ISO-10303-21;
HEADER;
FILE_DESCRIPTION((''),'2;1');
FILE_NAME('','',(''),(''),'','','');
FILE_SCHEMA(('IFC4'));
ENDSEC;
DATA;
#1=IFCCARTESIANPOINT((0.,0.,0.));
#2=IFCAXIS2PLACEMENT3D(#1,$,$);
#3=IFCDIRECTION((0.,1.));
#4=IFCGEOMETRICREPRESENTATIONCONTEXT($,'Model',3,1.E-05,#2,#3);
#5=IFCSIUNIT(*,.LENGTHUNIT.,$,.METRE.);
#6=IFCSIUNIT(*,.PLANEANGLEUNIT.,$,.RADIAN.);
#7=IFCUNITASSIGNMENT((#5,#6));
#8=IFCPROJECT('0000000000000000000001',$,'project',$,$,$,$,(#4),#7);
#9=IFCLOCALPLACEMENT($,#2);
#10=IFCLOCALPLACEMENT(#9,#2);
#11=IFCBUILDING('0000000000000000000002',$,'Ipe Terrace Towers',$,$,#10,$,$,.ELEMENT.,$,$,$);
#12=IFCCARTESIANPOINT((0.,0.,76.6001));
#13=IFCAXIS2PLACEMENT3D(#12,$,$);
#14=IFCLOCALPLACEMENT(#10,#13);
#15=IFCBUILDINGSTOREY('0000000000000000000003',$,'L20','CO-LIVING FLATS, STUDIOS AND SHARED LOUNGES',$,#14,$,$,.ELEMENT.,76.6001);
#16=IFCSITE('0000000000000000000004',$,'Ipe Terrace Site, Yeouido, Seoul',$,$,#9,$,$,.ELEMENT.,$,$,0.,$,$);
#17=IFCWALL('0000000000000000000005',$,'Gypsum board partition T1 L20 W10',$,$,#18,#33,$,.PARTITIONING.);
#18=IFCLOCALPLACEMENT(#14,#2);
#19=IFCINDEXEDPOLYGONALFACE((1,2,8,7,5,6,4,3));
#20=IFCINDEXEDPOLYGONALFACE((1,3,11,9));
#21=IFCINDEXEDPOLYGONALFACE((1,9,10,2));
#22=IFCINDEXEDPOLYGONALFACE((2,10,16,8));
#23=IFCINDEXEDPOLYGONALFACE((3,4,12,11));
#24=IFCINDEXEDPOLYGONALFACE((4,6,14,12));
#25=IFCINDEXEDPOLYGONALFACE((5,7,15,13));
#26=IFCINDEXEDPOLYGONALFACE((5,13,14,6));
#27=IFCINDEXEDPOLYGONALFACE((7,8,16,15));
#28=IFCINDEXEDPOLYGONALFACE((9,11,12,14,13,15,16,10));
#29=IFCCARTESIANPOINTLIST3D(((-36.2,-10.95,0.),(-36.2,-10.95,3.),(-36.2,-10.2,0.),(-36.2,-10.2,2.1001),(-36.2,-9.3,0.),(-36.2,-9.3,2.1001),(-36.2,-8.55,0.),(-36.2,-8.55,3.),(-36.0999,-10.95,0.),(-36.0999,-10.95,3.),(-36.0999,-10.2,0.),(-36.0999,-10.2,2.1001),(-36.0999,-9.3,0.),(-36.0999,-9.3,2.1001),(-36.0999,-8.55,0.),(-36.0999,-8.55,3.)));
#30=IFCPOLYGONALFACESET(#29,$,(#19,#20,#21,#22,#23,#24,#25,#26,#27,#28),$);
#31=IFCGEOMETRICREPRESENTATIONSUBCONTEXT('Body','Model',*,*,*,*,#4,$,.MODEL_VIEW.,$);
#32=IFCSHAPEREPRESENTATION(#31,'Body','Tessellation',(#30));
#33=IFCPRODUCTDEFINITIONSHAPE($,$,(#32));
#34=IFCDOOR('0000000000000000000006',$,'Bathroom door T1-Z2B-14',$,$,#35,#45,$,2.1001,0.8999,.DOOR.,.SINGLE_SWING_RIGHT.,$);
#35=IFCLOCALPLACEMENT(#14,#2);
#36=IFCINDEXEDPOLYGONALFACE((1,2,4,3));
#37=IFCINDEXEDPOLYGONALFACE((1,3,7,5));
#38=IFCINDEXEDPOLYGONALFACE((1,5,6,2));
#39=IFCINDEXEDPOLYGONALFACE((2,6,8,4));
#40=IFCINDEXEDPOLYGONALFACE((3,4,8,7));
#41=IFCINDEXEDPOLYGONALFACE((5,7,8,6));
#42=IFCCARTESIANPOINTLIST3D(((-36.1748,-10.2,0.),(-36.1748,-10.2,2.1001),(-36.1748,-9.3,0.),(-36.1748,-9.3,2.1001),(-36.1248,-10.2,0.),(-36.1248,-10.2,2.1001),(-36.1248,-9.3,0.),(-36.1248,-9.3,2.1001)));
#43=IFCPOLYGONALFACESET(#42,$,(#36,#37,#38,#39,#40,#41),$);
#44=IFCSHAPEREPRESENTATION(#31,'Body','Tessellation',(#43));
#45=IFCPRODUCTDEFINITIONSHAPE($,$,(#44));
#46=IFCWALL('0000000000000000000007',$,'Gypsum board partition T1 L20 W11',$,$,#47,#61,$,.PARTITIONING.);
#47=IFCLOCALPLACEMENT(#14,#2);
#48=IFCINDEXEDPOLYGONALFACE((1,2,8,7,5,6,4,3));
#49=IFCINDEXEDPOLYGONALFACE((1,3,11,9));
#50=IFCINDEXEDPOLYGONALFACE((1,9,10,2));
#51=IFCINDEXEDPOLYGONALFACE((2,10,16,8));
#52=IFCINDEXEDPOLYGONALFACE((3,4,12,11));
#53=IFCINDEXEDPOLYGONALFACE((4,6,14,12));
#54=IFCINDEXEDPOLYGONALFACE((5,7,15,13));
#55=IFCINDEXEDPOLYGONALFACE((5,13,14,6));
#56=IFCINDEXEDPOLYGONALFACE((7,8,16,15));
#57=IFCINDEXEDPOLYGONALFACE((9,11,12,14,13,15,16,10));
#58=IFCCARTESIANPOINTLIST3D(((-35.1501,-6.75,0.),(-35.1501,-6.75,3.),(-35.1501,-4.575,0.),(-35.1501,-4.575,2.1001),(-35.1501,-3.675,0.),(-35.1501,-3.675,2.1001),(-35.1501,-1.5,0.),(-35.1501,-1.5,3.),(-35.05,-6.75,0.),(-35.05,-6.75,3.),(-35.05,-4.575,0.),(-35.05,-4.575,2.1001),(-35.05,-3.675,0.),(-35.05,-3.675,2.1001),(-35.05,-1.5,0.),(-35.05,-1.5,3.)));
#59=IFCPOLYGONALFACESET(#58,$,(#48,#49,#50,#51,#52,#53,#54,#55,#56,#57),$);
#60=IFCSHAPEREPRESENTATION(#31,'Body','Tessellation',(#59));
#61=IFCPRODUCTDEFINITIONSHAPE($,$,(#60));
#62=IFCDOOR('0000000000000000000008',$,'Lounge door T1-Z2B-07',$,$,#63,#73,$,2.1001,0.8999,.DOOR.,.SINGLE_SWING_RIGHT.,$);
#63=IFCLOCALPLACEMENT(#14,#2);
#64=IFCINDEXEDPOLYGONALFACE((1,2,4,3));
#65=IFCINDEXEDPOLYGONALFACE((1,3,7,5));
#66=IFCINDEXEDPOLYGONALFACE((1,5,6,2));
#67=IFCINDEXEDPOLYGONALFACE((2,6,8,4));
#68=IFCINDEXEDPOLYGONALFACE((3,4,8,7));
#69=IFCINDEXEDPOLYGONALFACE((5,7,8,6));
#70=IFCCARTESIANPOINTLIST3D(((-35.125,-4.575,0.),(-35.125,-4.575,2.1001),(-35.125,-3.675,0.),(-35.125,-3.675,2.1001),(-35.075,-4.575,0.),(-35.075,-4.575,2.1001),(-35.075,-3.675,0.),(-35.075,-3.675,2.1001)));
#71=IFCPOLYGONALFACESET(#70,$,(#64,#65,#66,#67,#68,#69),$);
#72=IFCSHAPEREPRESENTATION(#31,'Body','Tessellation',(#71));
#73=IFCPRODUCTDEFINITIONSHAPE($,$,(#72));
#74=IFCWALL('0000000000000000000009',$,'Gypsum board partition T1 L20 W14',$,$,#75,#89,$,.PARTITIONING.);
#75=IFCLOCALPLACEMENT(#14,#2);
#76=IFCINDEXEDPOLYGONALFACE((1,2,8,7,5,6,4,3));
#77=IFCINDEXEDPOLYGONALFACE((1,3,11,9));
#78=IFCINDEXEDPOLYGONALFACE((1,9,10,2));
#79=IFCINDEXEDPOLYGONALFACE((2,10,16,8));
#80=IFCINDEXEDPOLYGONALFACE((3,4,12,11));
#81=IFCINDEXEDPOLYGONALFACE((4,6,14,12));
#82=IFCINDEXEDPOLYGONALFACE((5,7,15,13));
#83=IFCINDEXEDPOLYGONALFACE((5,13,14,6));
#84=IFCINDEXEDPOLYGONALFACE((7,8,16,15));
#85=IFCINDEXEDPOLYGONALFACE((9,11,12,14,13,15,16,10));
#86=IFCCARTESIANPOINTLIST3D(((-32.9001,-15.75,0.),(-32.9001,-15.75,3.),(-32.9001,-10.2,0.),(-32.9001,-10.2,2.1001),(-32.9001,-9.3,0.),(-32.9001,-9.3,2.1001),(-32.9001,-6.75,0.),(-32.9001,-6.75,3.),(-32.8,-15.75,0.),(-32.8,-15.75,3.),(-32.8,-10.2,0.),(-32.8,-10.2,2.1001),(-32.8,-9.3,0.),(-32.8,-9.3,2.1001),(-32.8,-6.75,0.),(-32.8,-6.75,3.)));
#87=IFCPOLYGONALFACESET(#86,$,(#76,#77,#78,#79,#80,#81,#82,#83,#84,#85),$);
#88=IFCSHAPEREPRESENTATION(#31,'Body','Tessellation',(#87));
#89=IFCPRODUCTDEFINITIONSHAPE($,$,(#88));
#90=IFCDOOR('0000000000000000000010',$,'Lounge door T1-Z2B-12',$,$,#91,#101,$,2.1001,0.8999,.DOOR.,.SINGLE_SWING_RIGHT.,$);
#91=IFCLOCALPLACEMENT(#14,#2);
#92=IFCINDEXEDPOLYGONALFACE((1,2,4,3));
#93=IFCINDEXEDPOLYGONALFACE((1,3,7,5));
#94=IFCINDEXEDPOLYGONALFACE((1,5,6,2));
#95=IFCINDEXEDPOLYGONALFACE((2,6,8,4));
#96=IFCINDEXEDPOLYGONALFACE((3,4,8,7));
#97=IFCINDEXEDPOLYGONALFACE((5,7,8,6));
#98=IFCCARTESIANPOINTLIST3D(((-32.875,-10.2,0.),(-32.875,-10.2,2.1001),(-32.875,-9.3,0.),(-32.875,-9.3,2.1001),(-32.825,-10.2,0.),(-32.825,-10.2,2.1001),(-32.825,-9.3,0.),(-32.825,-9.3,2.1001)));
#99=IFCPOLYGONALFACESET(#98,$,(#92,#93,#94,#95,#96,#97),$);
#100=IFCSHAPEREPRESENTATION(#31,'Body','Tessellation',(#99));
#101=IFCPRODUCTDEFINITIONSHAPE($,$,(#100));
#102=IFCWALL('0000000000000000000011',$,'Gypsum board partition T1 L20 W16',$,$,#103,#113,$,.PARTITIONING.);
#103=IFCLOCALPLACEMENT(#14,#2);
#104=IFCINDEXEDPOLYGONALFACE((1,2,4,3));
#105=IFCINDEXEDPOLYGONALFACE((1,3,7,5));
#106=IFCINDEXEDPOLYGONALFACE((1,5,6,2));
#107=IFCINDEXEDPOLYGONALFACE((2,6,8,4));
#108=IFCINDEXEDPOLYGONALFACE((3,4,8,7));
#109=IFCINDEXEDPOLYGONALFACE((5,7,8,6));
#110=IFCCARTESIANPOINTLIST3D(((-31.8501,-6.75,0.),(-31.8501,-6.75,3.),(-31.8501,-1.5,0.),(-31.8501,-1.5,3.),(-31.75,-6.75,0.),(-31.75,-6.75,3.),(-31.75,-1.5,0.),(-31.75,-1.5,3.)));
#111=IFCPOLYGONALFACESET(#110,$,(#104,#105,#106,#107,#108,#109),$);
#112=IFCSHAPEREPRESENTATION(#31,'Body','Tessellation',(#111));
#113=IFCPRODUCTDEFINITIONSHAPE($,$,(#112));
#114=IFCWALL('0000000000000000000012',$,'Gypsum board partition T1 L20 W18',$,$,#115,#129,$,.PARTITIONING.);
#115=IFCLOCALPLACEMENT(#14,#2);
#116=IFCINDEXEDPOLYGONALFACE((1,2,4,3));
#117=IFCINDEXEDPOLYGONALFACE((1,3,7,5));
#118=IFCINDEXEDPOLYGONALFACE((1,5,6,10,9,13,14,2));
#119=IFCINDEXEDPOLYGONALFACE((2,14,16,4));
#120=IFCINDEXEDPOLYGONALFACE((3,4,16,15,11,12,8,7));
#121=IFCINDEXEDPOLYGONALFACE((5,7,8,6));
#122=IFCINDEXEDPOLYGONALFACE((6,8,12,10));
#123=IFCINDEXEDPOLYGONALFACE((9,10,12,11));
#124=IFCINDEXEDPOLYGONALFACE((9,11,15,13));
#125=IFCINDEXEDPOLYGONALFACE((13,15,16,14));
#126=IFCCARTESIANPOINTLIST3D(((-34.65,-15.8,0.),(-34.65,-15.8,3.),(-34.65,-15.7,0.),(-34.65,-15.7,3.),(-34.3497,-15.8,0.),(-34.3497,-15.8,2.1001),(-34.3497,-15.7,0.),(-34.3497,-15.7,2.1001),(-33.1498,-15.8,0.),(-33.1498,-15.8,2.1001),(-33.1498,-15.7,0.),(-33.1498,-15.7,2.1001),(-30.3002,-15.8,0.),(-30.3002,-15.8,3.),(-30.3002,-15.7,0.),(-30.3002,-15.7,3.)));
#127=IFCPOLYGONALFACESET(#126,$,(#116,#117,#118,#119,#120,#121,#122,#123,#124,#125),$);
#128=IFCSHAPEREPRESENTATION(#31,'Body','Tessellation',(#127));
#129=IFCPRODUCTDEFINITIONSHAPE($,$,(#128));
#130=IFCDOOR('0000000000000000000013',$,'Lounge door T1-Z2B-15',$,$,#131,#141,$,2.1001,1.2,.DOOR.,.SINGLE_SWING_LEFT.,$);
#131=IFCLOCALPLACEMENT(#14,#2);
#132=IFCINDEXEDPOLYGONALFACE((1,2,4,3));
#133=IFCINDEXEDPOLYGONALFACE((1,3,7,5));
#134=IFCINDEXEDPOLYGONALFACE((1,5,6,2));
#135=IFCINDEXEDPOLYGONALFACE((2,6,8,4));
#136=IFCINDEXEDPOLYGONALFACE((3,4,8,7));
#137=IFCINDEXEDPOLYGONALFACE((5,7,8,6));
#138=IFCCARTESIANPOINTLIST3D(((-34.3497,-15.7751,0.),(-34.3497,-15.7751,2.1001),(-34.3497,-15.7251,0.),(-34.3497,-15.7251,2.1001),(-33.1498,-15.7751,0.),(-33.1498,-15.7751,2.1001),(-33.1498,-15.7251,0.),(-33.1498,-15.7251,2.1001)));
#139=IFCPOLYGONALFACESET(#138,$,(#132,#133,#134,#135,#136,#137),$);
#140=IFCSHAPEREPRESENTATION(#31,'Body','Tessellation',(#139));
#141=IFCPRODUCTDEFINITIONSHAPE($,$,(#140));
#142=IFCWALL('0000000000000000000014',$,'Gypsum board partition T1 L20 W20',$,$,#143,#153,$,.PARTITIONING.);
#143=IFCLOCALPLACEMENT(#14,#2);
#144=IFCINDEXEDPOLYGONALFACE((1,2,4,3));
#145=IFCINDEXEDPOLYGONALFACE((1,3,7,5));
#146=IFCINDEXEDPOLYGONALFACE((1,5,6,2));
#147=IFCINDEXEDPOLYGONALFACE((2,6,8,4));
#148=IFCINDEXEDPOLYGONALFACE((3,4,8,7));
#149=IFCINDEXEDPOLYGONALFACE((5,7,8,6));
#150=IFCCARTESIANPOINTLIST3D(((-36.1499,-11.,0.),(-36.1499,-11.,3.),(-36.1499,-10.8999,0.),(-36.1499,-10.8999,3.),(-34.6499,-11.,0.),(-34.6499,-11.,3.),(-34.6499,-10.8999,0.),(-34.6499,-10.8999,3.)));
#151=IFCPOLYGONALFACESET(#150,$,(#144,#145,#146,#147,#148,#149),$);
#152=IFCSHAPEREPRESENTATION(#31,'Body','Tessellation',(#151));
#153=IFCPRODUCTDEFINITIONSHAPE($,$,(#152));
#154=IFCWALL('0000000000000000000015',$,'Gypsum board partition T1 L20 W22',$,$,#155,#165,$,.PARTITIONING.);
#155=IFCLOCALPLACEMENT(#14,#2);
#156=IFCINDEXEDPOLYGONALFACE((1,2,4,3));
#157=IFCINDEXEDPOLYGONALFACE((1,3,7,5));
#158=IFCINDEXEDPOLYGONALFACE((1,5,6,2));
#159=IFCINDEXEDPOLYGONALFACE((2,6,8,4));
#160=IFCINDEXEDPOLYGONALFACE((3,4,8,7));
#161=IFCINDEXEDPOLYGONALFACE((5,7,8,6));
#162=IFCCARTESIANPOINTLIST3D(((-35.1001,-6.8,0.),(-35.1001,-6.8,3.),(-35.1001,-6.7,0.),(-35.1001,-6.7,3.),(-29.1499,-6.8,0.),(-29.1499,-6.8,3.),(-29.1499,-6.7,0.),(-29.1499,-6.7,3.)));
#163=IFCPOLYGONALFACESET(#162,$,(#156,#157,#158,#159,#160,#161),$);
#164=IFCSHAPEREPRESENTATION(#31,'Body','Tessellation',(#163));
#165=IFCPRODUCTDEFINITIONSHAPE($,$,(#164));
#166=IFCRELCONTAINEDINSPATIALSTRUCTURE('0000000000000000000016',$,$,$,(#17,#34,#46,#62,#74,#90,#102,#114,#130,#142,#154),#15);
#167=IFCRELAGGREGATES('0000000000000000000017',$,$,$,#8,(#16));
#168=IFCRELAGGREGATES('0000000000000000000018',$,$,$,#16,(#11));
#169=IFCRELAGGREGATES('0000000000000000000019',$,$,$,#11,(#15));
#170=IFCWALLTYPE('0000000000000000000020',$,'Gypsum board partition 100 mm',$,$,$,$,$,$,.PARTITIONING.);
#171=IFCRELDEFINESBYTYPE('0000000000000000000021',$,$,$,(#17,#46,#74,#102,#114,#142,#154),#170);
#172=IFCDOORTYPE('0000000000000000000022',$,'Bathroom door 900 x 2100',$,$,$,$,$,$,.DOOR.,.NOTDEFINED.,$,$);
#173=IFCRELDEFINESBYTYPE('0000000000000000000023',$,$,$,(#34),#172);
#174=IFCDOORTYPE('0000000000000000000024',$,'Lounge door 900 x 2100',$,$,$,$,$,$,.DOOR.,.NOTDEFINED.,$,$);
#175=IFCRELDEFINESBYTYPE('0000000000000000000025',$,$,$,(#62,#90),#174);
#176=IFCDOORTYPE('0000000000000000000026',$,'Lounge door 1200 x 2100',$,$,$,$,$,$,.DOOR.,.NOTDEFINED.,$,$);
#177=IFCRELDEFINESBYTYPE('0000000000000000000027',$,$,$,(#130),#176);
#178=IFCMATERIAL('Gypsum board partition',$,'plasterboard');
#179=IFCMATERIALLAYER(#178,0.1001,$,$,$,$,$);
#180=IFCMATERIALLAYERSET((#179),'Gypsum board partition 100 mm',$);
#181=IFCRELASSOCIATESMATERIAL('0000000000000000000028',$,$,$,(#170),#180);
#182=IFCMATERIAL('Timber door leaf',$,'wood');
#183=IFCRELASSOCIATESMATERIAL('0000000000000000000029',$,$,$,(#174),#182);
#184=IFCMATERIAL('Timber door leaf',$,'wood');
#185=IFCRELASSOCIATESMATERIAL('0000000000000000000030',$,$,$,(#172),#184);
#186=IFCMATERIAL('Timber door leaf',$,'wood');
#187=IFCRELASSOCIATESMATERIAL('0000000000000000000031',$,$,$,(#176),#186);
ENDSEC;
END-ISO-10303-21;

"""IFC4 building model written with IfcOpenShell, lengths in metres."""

from ifc_helpers import new_model, si_unit, direction, frame, frame_2d, origin, place, context, subcontext, project, spatial, rectangle, extrude, material, layer, layer_set, type_object, element, fill, save


model = new_model("IFC4")

# Units and contexts
model_context = context("Model", 3, precision=1e-05, world=origin(), true_north=direction((0.0, 1.0)))
body_context = subcontext(model_context, "Body", "Model", "MODEL_VIEW")
ifc_project = project(units=[si_unit("LENGTHUNIT", "METRE"), si_unit("PLANEANGLEUNIT", "RADIAN")], contexts=[model_context])

# Site, building, storey
site_placement = place(None, origin())
site = spatial("IfcSite", under=ifc_project, at=site_placement, Name="Ipe Terrace Site, Yeouido, Seoul", CompositionType="ELEMENT", RefElevation=0.0)
building_placement = place(site_placement, origin())
building = spatial("IfcBuilding", under=site, at=building_placement, Name="Ipe Terrace Towers", CompositionType="ELEMENT")
storey_placement = place(building_placement, frame((0.0, 0.0, 76.6001)))
storey = spatial("IfcBuildingStorey", under=building, at=storey_placement, Name="L20", Description="CO-LIVING FLATS, STUDIOS AND SHARED LOUNGES", CompositionType="ELEMENT", Elevation=76.6001)

# Walls, openings, doors
ifc_material_1 = material(Name="Gypsum board partition", Category="plasterboard")
ifc_layer_1 = layer(ifc_material_1, 0.1001)
ifc_layer_set_1 = layer_set([ifc_layer_1], Name="Gypsum board partition 100 mm")
wall_type_1 = type_object("IfcWallType", Name="Gypsum board partition 100 mm", PredefinedType="PARTITIONING", material=ifc_layer_set_1)
ifc_material_2 = material(Name="Timber door leaf", Category="wood")
door_type_1 = type_object("IfcDoorType", Name="Lounge door 900 x 2100", OperationType="NOTDEFINED", PredefinedType="DOOR", material=ifc_material_2)
wall_1_placement = place(storey_placement, frame((-36.1499, -10.95, 0.0), z_axis=(0.0, 0.0, 1.0), x_axis=(0.0, 1.0, 0.0)))
wall_1 = element("IfcWall", 1, at=wall_1_placement, inside=storey, type_object=wall_type_1, Name="Gypsum board partition T1 L20 W10", PredefinedType="PARTITIONING", context=body_context, shape_type="SweptSolid", body=[
    extrude(rectangle(XDim=2.3999, YDim=0.1001, at=frame_2d((1.2, 0.0))), origin(), (0.0, 0.0, 1.0), 3.0),
])
opening_1_placement = place(wall_1_placement, frame((0.75, 0.0, 0.0)))
opening_1 = element("IfcOpeningElement", 2, at=opening_1_placement, cuts=wall_1, PredefinedType="OPENING", context=body_context, shape_type="SweptSolid", body=[
    extrude(rectangle(XDim=0.8999, YDim=2.1001, at=frame_2d((0.45, 1.05))), frame((0.0, 0.0601, 0.0), z_axis=(0.0, -1.0, 0.0), x_axis=(1.0, 0.0, 0.0)), (0.0, 0.0, 1.0), 0.1201),
])
ifc_material_3 = material(Name="Timber door leaf", Category="wood")
door_type_2 = type_object("IfcDoorType", Name="Bathroom door 900 x 2100", OperationType="NOTDEFINED", PredefinedType="DOOR", material=ifc_material_3)
door_1_placement = place(opening_1_placement, origin())
door_1 = element("IfcDoor", 3, at=door_1_placement, inside=storey, type_object=door_type_2, Name="Bathroom door T1-Z2B-14", OperationType="SINGLE_SWING_RIGHT", OverallHeight=2.1001, OverallWidth=0.8999, PredefinedType="DOOR", context=body_context, shape_type="SweptSolid", body=[
    extrude(rectangle(XDim=0.8999, YDim=2.1001, at=frame_2d((0.45, 1.05))), frame((0.0, 0.0249, 0.0), z_axis=(0.0, -1.0, 0.0), x_axis=(1.0, 0.0, 0.0)), (0.0, 0.0, 1.0), 0.05),
])
fill(opening_1, door_1)
wall_2_placement = place(storey_placement, frame((-35.1001, -6.75, 0.0), z_axis=(0.0, 0.0, 1.0), x_axis=(0.0, 1.0, 0.0)))
wall_2 = element("IfcWall", 4, at=wall_2_placement, inside=storey, type_object=wall_type_1, Name="Gypsum board partition T1 L20 W11", PredefinedType="PARTITIONING", context=body_context, shape_type="SweptSolid", body=[
    extrude(rectangle(XDim=5.25, YDim=0.1001, at=frame_2d((2.625, 0.0))), origin(), (0.0, 0.0, 1.0), 3.0),
])
opening_2_placement = place(wall_2_placement, frame((2.175, 0.0, 0.0)))
opening_2 = element("IfcOpeningElement", 5, at=opening_2_placement, cuts=wall_2, PredefinedType="OPENING", context=body_context, shape_type="SweptSolid", body=[
    extrude(rectangle(XDim=0.8999, YDim=2.1001, at=frame_2d((0.45, 1.05))), frame((0.0, 0.0601, 0.0), z_axis=(0.0, -1.0, 0.0), x_axis=(1.0, 0.0, 0.0)), (0.0, 0.0, 1.0), 0.1201),
])
door_2_placement = place(opening_2_placement, origin())
door_2 = element("IfcDoor", 6, at=door_2_placement, inside=storey, type_object=door_type_1, Name="Lounge door T1-Z2B-07", OperationType="SINGLE_SWING_RIGHT", OverallHeight=2.1001, OverallWidth=0.8999, PredefinedType="DOOR", context=body_context, shape_type="SweptSolid", body=[
    extrude(rectangle(XDim=0.8999, YDim=2.1001, at=frame_2d((0.45, 1.05))), frame((0.0, 0.0249, 0.0), z_axis=(0.0, -1.0, 0.0), x_axis=(1.0, 0.0, 0.0)), (0.0, 0.0, 1.0), 0.05),
])
fill(opening_2, door_2)
wall_3_placement = place(storey_placement, frame((-32.8501, -15.75, 0.0), z_axis=(0.0, 0.0, 1.0), x_axis=(0.0, 1.0, 0.0)))
wall_3 = element("IfcWall", 7, at=wall_3_placement, inside=storey, type_object=wall_type_1, Name="Gypsum board partition T1 L20 W14", PredefinedType="PARTITIONING", context=body_context, shape_type="SweptSolid", body=[
    extrude(rectangle(XDim=9.0, YDim=0.1001, at=frame_2d((4.5, 0.0))), origin(), (0.0, 0.0, 1.0), 3.0),
])
opening_3_placement = place(wall_3_placement, frame((5.55, 0.0, 0.0)))
opening_3 = element("IfcOpeningElement", 8, at=opening_3_placement, cuts=wall_3, PredefinedType="OPENING", context=body_context, shape_type="SweptSolid", body=[
    extrude(rectangle(XDim=0.8999, YDim=2.1001, at=frame_2d((0.45, 1.05))), frame((0.0, 0.0601, 0.0), z_axis=(0.0, -1.0, 0.0), x_axis=(1.0, 0.0, 0.0)), (0.0, 0.0, 1.0), 0.1201),
])
door_3_placement = place(opening_3_placement, origin())
door_3 = element("IfcDoor", 9, at=door_3_placement, inside=storey, type_object=door_type_1, Name="Lounge door T1-Z2B-12", OperationType="SINGLE_SWING_RIGHT", OverallHeight=2.1001, OverallWidth=0.8999, PredefinedType="DOOR", context=body_context, shape_type="SweptSolid", body=[
    extrude(rectangle(XDim=0.8999, YDim=2.1001, at=frame_2d((0.45, 1.05))), frame((0.0, 0.0249, 0.0), z_axis=(0.0, -1.0, 0.0), x_axis=(1.0, 0.0, 0.0)), (0.0, 0.0, 1.0), 0.05),
])
fill(opening_3, door_3)

# Wall
wall_4_placement = place(storey_placement, frame((-31.8, -6.75, 0.0), z_axis=(0.0, 0.0, 1.0), x_axis=(0.0, 1.0, 0.0)))
element("IfcWall", 10, at=wall_4_placement, inside=storey, type_object=wall_type_1, Name="Gypsum board partition T1 L20 W16", PredefinedType="PARTITIONING", context=body_context, shape_type="SweptSolid", body=[
    extrude(rectangle(XDim=5.25, YDim=0.1001, at=frame_2d((2.625, 0.0))), origin(), (0.0, 0.0, 1.0), 3.0),
])

# Wall, opening, door
wall_5_placement = place(storey_placement, frame((-34.6499, -15.75, 0.0), z_axis=(0.0, 0.0, 1.0), x_axis=(1.0, 0.0, 0.0)))
wall_5 = element("IfcWall", 11, at=wall_5_placement, inside=storey, type_object=wall_type_1, Name="Gypsum board partition T1 L20 W18", PredefinedType="PARTITIONING", context=body_context, shape_type="SweptSolid", body=[
    extrude(rectangle(XDim=4.3499, YDim=0.1001, at=frame_2d((2.1748, 0.0))), origin(), (0.0, 0.0, 1.0), 3.0),
])
opening_4_placement = place(wall_5_placement, frame((0.3, 0.0, 0.0)))
opening_4 = element("IfcOpeningElement", 12, at=opening_4_placement, cuts=wall_5, PredefinedType="OPENING", context=body_context, shape_type="SweptSolid", body=[
    extrude(rectangle(XDim=1.2, YDim=2.1001, at=frame_2d((0.6001, 1.05))), frame((0.0, 0.0601, 0.0), z_axis=(0.0, -1.0, 0.0), x_axis=(1.0, 0.0, 0.0)), (0.0, 0.0, 1.0), 0.1201),
])
ifc_material_4 = material(Name="Timber door leaf", Category="wood")
door_type_3 = type_object("IfcDoorType", Name="Lounge door 1200 x 2100", OperationType="NOTDEFINED", PredefinedType="DOOR", material=ifc_material_4)
door_4_placement = place(opening_4_placement, origin())
door_4 = element("IfcDoor", 13, at=door_4_placement, inside=storey, type_object=door_type_3, Name="Lounge door T1-Z2B-15", OperationType="SINGLE_SWING_LEFT", OverallHeight=2.1001, OverallWidth=1.2, PredefinedType="DOOR", context=body_context, shape_type="SweptSolid", body=[
    extrude(rectangle(XDim=1.2, YDim=2.1001, at=frame_2d((0.6001, 1.05))), frame((0.0, 0.0249, 0.0), z_axis=(0.0, -1.0, 0.0), x_axis=(1.0, 0.0, 0.0)), (0.0, 0.0, 1.0), 0.05),
])
fill(opening_4, door_4)

# Walls
wall_6_placement = place(storey_placement, frame((-36.1499, -10.95, 0.0), z_axis=(0.0, 0.0, 1.0), x_axis=(1.0, 0.0, 0.0)))
element("IfcWall", 14, at=wall_6_placement, inside=storey, type_object=wall_type_1, Name="Gypsum board partition T1 L20 W20", PredefinedType="PARTITIONING", context=body_context, shape_type="SweptSolid", body=[
    extrude(rectangle(XDim=1.5, YDim=0.1001, at=frame_2d((0.75, 0.0))), origin(), (0.0, 0.0, 1.0), 3.0),
])
wall_7_placement = place(storey_placement, frame((-35.1001, -6.75, 0.0), z_axis=(0.0, 0.0, 1.0), x_axis=(1.0, 0.0, 0.0)))
element("IfcWall", 15, at=wall_7_placement, inside=storey, type_object=wall_type_1, Name="Gypsum board partition T1 L20 W22", PredefinedType="PARTITIONING", context=body_context, shape_type="SweptSolid", body=[
    extrude(rectangle(XDim=5.9502, YDim=0.1001, at=frame_2d((2.9751, 0.0))), origin(), (0.0, 0.0, 1.0), 3.0),
])

save(model, "model.ifc")
